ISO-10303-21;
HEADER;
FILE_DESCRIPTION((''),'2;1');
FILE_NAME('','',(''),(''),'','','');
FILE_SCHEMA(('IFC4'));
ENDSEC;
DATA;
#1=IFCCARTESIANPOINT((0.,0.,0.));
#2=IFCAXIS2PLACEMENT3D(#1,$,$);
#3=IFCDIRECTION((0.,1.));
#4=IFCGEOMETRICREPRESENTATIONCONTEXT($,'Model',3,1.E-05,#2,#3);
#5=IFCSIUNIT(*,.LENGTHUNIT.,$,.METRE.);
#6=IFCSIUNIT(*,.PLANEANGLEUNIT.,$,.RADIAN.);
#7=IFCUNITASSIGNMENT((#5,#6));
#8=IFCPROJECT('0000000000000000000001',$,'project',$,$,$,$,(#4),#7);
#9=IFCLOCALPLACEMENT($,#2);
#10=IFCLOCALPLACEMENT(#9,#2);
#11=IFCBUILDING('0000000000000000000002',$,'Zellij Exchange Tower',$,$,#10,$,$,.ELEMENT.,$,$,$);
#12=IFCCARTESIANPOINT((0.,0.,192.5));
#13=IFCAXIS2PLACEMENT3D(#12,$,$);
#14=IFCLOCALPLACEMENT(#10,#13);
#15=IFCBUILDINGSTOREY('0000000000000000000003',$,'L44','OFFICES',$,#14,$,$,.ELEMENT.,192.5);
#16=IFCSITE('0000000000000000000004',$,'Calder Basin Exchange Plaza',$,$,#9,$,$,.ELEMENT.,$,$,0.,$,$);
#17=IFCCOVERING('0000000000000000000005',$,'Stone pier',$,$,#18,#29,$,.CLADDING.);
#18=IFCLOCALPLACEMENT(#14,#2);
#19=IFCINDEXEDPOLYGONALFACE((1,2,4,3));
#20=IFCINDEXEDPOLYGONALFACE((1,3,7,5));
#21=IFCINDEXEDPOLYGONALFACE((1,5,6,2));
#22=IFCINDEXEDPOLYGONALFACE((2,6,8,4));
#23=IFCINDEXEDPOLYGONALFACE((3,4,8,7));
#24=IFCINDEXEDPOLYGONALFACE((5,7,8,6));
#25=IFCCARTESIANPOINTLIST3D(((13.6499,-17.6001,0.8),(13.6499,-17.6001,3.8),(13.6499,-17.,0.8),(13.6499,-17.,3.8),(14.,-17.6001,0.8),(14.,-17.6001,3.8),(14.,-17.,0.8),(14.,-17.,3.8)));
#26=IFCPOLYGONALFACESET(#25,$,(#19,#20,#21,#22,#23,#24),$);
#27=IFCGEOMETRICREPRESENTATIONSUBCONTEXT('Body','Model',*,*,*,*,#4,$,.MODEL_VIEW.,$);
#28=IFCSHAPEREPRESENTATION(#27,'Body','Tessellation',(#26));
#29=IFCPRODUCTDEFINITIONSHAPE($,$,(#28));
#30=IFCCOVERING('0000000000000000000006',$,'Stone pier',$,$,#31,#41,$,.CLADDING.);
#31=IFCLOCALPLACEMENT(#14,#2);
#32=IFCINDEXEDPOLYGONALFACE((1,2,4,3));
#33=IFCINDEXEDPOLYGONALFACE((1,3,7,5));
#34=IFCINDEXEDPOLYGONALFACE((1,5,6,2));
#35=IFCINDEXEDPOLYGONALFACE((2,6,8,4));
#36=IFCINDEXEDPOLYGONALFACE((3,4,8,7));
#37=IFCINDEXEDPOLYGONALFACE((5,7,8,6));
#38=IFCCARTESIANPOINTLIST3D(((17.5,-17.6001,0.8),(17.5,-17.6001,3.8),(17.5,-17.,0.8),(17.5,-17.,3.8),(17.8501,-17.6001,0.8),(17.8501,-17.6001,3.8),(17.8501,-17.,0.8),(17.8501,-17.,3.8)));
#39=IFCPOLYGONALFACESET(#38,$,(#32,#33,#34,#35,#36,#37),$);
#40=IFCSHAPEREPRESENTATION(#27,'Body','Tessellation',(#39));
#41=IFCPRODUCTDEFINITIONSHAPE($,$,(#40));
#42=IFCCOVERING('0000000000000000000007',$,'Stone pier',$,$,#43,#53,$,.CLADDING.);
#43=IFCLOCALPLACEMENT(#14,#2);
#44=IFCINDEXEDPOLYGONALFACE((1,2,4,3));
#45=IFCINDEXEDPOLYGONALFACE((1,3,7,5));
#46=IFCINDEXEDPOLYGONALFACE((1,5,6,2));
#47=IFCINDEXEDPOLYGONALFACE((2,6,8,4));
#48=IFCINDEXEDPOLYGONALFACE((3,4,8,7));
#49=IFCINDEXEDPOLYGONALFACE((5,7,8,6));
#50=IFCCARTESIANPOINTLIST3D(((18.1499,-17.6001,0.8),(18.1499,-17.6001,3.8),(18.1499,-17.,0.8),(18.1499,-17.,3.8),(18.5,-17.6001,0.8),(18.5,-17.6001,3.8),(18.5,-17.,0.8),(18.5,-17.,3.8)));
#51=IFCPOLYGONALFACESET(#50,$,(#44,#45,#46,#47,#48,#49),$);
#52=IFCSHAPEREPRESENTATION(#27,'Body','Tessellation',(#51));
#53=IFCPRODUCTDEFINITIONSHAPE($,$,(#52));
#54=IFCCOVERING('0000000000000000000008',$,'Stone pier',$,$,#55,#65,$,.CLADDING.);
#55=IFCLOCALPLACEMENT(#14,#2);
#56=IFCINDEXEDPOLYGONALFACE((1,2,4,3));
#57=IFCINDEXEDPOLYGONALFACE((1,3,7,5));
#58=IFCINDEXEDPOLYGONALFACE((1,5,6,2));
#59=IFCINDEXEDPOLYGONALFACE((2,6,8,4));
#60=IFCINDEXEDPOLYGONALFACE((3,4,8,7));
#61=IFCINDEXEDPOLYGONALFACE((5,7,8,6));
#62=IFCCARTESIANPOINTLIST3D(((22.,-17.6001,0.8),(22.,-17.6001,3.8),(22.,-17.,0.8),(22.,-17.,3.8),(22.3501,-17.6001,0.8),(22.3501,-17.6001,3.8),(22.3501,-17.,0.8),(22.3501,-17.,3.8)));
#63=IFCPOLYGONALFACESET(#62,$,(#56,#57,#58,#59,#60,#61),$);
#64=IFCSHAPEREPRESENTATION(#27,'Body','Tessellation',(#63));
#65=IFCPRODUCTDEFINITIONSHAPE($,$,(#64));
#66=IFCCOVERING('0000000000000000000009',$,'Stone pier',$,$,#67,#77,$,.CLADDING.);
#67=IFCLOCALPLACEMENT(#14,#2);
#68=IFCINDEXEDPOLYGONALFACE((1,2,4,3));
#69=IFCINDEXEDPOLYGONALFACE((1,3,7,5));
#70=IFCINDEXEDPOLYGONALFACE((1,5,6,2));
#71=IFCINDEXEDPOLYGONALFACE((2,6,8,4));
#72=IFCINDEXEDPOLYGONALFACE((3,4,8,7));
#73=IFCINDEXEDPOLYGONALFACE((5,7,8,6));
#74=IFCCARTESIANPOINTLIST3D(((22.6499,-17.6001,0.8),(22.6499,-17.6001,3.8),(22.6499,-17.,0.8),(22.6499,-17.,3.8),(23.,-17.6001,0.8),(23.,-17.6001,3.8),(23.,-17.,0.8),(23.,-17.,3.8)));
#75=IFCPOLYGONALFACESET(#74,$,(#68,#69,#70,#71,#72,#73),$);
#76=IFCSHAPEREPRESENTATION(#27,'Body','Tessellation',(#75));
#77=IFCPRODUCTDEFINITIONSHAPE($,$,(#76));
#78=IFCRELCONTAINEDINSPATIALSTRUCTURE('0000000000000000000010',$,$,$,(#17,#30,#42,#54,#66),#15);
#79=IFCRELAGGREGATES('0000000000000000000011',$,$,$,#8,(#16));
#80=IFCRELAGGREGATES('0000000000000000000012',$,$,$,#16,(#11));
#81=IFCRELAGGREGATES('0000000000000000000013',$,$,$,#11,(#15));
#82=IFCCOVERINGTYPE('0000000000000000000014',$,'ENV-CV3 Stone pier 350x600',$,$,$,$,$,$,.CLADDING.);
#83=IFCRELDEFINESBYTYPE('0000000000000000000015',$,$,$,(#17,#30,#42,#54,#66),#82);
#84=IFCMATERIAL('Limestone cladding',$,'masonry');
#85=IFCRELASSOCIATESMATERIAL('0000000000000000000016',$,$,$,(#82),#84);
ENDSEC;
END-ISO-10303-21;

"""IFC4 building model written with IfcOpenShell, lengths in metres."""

from ifc_helpers import new_model, si_unit, direction, frame, origin, place, context, subcontext, project, spatial, polyline, outline, extrude, material, type_object, element, save


model = new_model("IFC4")

# Units and contexts
model_context = context("Model", 3, precision=1e-05, world=origin(), true_north=direction((0.0, 1.0)))
body_context = subcontext(model_context, "Body", "Model", "MODEL_VIEW")
ifc_project = project(units=[si_unit("LENGTHUNIT", "METRE"), si_unit("PLANEANGLEUNIT", "RADIAN")], contexts=[model_context])

# Site, building, storey
site_placement = place(None, origin())
site = spatial("IfcSite", under=ifc_project, at=site_placement, Name="Calder Basin Exchange Plaza", CompositionType="ELEMENT", RefElevation=0.0)
building_placement = place(site_placement, origin())
building = spatial("IfcBuilding", under=site, at=building_placement, Name="Zellij Exchange Tower", CompositionType="ELEMENT")
storey_placement = place(building_placement, frame((0.0, 0.0, 192.5)))
storey = spatial("IfcBuildingStorey", under=building, at=storey_placement, Name="L44", Description="OFFICES", CompositionType="ELEMENT", Elevation=192.5)

# Coverings
ifc_material_1 = material(Name="Limestone cladding", Category="masonry")
covering_type = type_object("IfcCoveringType", Name="ENV-CV3 Stone pier 350x600", PredefinedType="CLADDING", material=ifc_material_1)
covering_1_placement = place(storey_placement, frame((0.0, 0.0, 0.8)))
element("IfcCovering", 1, at=covering_1_placement, inside=storey, type_object=covering_type, Name="Stone pier", PredefinedType="CLADDING", context=body_context, shape_type="SweptSolid", body=[
    extrude(outline(polyline([(13.6499, -17.0), (14.0, -17.0), (14.0, -17.6001), (13.6499, -17.6001), (13.6499, -17.0)])), origin(), (0.0, 0.0, 1.0), 3.0),
])
covering_2_placement = place(storey_placement, frame((0.0, 0.0, 0.8)))
element("IfcCovering", 2, at=covering_2_placement, inside=storey, type_object=covering_type, Name="Stone pier", PredefinedType="CLADDING", context=body_context, shape_type="SweptSolid", body=[
    extrude(outline(polyline([(17.5, -17.0), (17.8501, -17.0), (17.8501, -17.6001), (17.5, -17.6001), (17.5, -17.0)])), origin(), (0.0, 0.0, 1.0), 3.0),
])
covering_3_placement = place(storey_placement, frame((0.0, 0.0, 0.8)))
element("IfcCovering", 3, at=covering_3_placement, inside=storey, type_object=covering_type, Name="Stone pier", PredefinedType="CLADDING", context=body_context, shape_type="SweptSolid", body=[
    extrude(outline(polyline([(18.1499, -17.0), (18.5, -17.0), (18.5, -17.6001), (18.1499, -17.6001), (18.1499, -17.0)])), origin(), (0.0, 0.0, 1.0), 3.0),
])
covering_4_placement = place(storey_placement, frame((0.0, 0.0, 0.8)))
element("IfcCovering", 4, at=covering_4_placement, inside=storey, type_object=covering_type, Name="Stone pier", PredefinedType="CLADDING", context=body_context, shape_type="SweptSolid", body=[
    extrude(outline(polyline([(22.0, -17.0), (22.3501, -17.0), (22.3501, -17.6001), (22.0, -17.6001), (22.0, -17.0)])), origin(), (0.0, 0.0, 1.0), 3.0),
])
covering_5_placement = place(storey_placement, frame((0.0, 0.0, 0.8)))
element("IfcCovering", 5, at=covering_5_placement, inside=storey, type_object=covering_type, Name="Stone pier", PredefinedType="CLADDING", context=body_context, shape_type="SweptSolid", body=[
    extrude(outline(polyline([(22.6499, -17.0), (23.0, -17.0), (23.0, -17.6001), (22.6499, -17.6001), (22.6499, -17.0)])), origin(), (0.0, 0.0, 1.0), 3.0),
])

save(model, "model.ifc")
